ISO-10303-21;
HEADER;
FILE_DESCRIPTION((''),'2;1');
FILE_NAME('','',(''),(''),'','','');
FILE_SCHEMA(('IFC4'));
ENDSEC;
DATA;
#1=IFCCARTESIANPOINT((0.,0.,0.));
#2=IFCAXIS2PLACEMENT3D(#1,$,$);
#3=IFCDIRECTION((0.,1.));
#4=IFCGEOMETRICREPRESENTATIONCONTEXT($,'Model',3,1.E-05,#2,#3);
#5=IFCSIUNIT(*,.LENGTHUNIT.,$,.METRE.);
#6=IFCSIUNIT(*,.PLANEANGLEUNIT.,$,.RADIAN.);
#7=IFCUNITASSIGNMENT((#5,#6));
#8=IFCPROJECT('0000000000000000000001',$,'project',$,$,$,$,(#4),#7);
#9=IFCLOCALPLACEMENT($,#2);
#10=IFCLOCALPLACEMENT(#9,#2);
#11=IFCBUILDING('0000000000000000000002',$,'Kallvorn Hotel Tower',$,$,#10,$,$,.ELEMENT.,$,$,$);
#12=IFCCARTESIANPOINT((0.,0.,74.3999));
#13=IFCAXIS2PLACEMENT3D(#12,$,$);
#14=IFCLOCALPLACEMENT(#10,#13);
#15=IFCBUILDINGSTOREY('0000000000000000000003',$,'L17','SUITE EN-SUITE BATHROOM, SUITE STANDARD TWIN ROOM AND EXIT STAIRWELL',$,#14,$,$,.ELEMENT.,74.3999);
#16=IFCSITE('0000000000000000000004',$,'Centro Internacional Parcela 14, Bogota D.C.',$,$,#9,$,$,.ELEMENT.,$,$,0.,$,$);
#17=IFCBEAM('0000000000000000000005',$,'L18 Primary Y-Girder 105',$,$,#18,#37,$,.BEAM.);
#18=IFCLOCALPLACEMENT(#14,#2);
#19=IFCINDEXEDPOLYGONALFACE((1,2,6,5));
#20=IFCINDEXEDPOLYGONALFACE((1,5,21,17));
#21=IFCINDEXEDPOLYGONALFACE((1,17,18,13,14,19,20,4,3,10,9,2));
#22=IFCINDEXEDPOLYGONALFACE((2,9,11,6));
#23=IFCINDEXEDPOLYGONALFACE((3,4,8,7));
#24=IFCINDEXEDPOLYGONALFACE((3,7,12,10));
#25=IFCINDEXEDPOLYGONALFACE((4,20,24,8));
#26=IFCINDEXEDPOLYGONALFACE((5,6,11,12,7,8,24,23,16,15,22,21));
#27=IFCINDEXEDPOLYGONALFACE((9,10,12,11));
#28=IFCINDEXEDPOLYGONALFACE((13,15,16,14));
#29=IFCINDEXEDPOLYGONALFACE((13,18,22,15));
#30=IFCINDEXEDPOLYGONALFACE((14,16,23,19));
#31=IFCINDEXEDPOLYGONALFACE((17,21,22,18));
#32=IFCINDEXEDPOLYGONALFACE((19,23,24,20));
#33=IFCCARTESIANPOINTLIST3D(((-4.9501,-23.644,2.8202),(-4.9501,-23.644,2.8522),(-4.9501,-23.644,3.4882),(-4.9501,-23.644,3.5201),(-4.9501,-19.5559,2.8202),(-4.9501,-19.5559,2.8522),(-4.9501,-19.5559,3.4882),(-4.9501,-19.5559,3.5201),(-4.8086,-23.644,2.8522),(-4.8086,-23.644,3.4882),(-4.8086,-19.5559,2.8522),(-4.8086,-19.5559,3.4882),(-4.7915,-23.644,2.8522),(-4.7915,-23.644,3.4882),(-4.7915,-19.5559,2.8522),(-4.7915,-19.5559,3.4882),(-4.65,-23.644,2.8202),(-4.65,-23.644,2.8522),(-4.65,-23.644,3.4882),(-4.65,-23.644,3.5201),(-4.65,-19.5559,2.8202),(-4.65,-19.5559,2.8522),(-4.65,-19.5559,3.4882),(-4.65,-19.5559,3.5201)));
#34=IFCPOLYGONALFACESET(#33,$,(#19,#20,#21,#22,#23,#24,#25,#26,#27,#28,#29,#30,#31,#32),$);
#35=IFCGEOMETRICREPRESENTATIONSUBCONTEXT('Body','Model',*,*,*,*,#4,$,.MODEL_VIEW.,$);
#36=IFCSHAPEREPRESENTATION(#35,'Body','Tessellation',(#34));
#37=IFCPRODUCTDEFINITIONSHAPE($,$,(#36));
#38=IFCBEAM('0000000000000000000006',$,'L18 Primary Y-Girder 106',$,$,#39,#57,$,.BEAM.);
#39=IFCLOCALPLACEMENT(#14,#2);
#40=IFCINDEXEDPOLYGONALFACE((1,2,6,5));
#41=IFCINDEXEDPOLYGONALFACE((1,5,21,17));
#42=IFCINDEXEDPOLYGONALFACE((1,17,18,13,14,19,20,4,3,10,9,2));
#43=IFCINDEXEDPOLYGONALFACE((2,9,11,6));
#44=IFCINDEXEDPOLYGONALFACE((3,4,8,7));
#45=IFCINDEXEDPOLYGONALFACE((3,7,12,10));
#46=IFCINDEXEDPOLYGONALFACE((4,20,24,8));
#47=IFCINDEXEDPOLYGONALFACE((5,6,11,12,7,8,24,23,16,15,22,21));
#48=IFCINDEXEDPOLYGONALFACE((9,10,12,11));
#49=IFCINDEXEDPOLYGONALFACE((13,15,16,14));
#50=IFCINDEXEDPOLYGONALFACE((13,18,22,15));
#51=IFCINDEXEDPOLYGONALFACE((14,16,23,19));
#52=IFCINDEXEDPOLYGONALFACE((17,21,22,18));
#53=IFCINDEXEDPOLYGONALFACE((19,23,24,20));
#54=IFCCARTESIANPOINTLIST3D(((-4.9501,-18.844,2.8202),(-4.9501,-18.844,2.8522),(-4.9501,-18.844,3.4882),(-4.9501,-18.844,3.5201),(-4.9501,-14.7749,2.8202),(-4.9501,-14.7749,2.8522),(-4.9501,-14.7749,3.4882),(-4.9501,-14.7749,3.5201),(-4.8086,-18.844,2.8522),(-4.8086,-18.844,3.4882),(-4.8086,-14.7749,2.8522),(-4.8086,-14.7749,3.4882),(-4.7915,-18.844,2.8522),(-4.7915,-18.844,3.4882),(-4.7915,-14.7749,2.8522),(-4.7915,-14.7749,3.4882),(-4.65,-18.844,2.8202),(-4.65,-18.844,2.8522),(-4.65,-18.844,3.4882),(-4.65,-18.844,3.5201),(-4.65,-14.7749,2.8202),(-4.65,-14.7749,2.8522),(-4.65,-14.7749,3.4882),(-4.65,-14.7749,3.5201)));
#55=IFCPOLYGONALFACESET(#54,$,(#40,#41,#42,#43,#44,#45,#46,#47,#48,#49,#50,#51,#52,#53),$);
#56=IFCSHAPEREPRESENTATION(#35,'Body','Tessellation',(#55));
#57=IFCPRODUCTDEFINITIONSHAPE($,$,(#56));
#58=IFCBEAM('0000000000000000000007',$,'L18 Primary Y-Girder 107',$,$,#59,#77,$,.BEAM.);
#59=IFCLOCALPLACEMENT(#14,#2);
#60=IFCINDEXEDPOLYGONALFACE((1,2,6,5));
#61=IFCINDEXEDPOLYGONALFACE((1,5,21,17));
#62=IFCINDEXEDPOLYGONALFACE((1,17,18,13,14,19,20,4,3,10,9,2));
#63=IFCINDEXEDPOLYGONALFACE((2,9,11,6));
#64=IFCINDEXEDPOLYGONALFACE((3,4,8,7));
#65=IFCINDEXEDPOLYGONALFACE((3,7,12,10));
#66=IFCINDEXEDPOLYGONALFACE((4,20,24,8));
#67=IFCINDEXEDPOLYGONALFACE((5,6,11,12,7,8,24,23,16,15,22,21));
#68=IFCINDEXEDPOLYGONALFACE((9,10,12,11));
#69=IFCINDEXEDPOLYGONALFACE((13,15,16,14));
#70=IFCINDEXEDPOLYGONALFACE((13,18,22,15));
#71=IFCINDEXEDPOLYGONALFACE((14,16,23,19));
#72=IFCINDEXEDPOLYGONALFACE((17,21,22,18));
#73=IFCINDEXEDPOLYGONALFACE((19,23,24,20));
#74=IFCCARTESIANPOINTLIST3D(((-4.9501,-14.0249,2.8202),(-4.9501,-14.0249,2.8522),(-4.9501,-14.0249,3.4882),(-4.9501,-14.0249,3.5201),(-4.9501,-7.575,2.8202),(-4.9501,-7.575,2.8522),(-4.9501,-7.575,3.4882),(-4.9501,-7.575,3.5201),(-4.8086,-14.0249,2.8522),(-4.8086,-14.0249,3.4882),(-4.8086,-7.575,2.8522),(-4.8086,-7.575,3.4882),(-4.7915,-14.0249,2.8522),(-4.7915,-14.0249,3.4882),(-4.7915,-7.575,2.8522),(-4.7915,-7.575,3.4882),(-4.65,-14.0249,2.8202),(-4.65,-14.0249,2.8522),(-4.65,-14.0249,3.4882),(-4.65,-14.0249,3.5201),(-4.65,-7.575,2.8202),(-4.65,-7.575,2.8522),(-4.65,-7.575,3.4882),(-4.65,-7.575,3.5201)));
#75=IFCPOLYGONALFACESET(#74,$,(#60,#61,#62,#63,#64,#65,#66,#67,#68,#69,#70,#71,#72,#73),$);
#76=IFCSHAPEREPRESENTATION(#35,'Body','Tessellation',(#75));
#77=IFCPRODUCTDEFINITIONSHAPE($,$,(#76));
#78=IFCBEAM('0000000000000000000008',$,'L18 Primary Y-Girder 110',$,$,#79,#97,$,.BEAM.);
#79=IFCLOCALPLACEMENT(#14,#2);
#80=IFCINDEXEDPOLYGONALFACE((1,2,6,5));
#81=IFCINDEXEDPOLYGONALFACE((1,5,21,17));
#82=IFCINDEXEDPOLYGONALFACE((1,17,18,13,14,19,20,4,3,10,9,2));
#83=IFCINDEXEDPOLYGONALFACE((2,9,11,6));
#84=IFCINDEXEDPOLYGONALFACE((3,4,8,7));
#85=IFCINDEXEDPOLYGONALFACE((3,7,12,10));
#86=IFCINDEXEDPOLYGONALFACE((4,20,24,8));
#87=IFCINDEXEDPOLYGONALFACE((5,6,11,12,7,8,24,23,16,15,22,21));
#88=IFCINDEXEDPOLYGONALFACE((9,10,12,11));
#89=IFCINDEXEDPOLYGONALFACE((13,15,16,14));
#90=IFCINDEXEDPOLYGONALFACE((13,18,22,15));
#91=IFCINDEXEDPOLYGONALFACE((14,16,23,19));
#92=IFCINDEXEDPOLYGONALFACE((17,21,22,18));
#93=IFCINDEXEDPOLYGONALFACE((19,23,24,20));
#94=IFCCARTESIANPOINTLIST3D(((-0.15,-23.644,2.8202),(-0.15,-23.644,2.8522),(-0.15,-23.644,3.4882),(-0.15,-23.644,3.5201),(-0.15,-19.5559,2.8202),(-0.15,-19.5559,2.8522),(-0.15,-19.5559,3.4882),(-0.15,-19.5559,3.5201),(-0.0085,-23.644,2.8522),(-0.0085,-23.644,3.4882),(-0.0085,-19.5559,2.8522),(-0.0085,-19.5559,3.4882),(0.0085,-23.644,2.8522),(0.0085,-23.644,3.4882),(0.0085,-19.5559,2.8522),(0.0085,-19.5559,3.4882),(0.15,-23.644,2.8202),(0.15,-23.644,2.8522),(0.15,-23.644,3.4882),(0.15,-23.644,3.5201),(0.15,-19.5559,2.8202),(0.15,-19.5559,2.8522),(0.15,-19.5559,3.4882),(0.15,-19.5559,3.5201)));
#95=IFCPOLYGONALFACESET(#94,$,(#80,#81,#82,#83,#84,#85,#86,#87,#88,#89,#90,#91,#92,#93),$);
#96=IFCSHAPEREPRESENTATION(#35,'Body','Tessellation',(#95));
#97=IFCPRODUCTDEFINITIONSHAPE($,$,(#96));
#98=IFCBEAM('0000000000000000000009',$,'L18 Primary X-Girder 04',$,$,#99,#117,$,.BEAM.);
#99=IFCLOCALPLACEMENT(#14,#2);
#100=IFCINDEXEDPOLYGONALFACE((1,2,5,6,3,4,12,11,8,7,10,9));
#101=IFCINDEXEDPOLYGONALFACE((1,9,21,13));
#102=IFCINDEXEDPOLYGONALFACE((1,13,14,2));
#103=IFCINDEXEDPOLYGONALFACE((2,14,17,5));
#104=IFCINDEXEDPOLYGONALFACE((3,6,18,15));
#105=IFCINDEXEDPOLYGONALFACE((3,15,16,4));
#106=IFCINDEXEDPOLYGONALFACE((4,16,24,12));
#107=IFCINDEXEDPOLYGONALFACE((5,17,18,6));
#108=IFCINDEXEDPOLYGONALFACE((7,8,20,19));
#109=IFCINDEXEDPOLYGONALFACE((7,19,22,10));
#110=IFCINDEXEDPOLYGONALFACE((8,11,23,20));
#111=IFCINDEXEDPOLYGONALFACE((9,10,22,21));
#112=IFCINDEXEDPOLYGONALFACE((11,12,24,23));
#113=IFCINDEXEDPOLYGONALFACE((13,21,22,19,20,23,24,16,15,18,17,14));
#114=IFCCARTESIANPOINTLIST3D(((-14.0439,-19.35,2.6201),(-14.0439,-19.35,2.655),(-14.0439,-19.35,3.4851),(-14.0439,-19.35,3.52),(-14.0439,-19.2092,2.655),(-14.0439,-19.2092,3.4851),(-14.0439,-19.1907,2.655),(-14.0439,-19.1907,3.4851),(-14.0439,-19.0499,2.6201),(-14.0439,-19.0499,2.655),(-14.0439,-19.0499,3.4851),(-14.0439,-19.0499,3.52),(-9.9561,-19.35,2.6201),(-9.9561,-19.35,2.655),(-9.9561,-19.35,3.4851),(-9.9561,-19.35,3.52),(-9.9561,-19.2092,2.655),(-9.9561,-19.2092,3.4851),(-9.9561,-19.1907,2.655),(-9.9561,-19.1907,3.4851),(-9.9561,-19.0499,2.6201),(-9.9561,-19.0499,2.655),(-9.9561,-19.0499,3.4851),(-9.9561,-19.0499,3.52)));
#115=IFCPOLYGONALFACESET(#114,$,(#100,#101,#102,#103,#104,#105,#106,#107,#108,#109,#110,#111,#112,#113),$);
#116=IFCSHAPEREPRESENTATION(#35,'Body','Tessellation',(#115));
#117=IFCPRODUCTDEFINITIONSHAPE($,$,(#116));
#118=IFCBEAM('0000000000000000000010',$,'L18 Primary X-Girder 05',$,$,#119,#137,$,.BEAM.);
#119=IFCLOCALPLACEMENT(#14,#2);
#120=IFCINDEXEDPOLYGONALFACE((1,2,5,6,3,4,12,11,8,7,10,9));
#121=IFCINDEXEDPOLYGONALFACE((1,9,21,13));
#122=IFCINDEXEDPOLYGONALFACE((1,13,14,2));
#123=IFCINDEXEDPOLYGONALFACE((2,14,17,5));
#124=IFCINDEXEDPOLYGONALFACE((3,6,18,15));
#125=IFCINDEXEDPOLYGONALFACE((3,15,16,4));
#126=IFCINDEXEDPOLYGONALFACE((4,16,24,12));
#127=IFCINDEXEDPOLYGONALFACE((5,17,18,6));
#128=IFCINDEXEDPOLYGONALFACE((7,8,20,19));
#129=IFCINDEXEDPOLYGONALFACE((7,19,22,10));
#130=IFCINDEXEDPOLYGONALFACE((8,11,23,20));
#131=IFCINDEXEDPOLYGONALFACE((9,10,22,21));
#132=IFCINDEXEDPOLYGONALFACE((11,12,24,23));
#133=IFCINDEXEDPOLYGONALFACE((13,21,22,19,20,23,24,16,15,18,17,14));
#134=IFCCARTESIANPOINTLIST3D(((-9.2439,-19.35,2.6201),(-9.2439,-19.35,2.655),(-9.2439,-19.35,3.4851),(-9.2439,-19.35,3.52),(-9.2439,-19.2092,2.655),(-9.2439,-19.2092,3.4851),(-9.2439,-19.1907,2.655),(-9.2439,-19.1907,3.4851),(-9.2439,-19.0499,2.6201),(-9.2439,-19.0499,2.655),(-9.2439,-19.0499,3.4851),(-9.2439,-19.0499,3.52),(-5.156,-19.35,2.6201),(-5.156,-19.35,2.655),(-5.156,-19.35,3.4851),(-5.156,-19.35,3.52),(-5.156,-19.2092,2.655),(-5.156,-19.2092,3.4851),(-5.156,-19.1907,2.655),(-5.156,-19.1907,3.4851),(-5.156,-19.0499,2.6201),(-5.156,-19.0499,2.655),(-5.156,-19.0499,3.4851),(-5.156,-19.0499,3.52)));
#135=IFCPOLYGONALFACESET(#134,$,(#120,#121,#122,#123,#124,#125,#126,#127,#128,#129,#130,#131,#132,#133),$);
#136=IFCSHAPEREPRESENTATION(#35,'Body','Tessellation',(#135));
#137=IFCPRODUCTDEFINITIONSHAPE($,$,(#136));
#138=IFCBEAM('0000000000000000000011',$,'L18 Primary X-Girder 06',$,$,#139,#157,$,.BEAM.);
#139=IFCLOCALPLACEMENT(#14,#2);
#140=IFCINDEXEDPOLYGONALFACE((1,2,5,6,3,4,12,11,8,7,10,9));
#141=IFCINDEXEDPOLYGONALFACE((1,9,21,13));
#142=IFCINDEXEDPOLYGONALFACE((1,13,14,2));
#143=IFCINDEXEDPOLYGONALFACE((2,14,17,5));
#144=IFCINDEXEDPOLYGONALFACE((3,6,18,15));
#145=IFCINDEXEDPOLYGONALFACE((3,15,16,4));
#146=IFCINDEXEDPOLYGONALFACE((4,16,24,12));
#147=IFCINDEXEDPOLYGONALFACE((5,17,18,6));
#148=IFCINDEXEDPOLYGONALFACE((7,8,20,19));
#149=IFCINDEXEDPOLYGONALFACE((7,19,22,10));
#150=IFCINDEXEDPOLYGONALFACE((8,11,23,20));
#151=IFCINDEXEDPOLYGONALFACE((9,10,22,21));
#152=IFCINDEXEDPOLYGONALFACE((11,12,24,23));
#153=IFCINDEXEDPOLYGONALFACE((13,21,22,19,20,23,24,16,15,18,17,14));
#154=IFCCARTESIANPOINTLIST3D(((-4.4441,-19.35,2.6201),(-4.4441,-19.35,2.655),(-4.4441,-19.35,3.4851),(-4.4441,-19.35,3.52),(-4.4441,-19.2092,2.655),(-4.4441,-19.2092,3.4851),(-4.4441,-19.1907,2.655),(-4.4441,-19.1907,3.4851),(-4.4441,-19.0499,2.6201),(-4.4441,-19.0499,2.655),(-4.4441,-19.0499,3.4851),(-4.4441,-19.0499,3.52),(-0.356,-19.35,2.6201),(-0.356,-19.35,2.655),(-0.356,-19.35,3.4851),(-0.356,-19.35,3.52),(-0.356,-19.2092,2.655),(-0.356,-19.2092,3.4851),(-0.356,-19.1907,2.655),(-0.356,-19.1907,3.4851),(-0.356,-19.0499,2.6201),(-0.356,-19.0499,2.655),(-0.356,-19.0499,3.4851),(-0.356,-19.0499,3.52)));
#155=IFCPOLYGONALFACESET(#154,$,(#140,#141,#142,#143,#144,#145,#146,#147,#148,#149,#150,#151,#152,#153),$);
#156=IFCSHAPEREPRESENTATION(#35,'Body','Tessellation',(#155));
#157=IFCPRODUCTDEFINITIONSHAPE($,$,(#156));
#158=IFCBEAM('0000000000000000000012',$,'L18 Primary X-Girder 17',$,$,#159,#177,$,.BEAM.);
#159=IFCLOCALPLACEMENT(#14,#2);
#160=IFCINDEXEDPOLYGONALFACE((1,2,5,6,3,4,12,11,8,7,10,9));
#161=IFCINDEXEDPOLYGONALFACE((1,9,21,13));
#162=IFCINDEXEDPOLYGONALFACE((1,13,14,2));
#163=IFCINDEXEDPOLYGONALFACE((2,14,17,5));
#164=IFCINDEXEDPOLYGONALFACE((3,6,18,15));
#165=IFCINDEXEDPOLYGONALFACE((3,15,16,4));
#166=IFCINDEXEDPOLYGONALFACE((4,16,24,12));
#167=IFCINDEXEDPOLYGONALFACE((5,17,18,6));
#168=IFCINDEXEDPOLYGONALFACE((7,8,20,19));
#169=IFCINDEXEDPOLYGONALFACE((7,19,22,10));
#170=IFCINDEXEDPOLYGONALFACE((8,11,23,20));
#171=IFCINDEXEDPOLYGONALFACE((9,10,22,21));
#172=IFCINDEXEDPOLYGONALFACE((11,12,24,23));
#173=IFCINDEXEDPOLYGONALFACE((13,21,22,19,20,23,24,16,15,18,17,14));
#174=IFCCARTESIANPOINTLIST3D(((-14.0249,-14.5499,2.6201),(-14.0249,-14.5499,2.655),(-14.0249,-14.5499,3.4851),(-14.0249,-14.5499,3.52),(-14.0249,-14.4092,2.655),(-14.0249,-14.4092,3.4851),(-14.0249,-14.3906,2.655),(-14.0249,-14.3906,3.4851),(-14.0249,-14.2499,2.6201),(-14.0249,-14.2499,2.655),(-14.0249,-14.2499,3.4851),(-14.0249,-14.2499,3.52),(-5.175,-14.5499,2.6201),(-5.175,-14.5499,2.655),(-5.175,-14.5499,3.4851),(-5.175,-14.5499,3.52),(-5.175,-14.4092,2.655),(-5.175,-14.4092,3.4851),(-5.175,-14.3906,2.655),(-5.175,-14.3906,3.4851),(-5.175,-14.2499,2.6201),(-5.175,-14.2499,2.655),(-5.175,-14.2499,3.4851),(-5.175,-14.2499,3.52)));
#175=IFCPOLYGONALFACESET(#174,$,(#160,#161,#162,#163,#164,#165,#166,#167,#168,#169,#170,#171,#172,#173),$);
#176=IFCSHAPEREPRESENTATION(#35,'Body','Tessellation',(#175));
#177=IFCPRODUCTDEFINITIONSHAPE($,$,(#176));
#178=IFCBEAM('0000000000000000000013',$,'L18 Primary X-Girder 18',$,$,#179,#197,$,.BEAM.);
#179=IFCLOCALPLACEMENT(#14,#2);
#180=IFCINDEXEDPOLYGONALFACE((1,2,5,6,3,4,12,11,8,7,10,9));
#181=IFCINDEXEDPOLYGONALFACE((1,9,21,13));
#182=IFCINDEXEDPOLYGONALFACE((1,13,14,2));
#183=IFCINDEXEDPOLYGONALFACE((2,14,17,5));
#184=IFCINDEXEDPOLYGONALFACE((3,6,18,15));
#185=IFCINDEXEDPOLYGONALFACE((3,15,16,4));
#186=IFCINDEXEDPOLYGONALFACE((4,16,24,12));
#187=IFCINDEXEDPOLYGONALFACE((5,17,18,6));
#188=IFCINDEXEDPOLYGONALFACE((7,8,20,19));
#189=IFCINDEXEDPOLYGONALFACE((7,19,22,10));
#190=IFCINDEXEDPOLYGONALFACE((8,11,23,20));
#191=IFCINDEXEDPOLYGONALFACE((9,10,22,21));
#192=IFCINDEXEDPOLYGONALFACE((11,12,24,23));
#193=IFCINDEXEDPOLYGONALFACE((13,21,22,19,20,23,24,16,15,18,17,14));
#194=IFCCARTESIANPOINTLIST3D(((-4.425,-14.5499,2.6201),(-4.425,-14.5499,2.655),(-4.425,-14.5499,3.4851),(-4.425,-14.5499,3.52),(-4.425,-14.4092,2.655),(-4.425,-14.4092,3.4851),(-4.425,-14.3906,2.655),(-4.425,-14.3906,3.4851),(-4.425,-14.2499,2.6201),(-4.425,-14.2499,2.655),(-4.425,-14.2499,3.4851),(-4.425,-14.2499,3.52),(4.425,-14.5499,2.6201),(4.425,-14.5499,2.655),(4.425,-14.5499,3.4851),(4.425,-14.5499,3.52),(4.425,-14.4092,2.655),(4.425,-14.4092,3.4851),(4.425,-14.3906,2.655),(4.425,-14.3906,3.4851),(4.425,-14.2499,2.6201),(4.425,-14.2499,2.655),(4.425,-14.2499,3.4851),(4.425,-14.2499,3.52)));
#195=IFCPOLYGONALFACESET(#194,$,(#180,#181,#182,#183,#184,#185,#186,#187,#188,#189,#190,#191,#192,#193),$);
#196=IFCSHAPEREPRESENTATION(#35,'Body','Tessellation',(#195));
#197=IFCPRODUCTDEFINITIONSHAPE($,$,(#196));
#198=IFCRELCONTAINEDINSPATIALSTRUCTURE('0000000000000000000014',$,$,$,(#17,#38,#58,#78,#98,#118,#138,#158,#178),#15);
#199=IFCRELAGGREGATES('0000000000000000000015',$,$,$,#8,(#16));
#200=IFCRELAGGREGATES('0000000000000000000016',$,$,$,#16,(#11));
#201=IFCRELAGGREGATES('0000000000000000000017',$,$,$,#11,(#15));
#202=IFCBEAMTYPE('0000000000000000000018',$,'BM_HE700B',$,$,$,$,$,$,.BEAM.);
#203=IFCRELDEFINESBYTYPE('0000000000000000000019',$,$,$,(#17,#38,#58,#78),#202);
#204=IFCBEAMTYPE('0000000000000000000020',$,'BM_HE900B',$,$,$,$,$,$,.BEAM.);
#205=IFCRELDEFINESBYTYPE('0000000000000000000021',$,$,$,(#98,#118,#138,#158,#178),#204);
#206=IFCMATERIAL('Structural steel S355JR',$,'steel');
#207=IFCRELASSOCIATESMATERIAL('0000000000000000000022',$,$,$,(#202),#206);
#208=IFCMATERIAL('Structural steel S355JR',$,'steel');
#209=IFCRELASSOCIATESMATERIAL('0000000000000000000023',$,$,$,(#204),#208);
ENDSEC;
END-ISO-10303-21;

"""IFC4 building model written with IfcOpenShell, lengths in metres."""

from ifc_helpers import new_model, si_unit, direction, frame, origin, origin_2d, place, context, subcontext, project, spatial, i_section, extrude, material, material_profile, profile_set, type_object, element, save


model = new_model("IFC4")

# Units and contexts
model_context = context("Model", 3, precision=1e-05, world=origin(), true_north=direction((0.0, 1.0)))
body_context = subcontext(model_context, "Body", "Model", "MODEL_VIEW")
ifc_project = project(units=[si_unit("LENGTHUNIT", "METRE"), si_unit("PLANEANGLEUNIT", "RADIAN")], contexts=[model_context])

# Site, building, storey
site_placement = place(None, origin())
site = spatial("IfcSite", under=ifc_project, at=site_placement, Name="Centro Internacional Parcela 14, Bogota D.C.", CompositionType="ELEMENT", RefElevation=0.0)
building_placement = place(site_placement, origin())
building = spatial("IfcBuilding", under=site, at=building_placement, Name="Kallvorn Hotel Tower", CompositionType="ELEMENT")
storey_placement = place(building_placement, frame((0.0, 0.0, 74.3999)))
storey = spatial("IfcBuildingStorey", under=building, at=storey_placement, Name="L17", Description="SUITE EN-SUITE BATHROOM, SUITE STANDARD TWIN ROOM AND EXIT STAIRWELL", CompositionType="ELEMENT", Elevation=74.3999)

# Beams
ifc_material_1 = material(Name="Structural steel S355JR", Category="steel")
ifc_material_profile_1 = material_profile(ifc_material_1, i_section(OverallWidth=0.3, OverallDepth=0.7, WebThickness=0.0171, FlangeThickness=0.032, at=origin_2d()), Name="HE 700 B")
ifc_profile_set_1 = profile_set([ifc_material_profile_1], Name="Structural steel S355JR")
beam_type_1 = type_object("IfcBeamType", Name="BM_HE700B", PredefinedType="BEAM", material=ifc_profile_set_1)
for number, where, z_axis, x_axis, name in (
    (1, (-4.8, -23.644, 3.1702), (0.0, 1.0, 0.0), (-1.0, 0.0, 0.0), "L18 Primary Y-Girder 105"),
):
    element("IfcBeam", number, at=place(storey_placement, frame(where, z_axis=z_axis, x_axis=x_axis)), inside=storey, type_object=beam_type_1, Name=name, PredefinedType="BEAM", context=body_context, shape_type="SweptSolid", body=[
        extrude(i_section(OverallWidth=0.3, OverallDepth=0.7, WebThickness=0.0171, FlangeThickness=0.032, at=origin_2d()), origin(), (0.0, 0.0, 1.0), 4.0881),
    ])
beam_1_placement = place(storey_placement, frame((-4.8, -18.844, 3.1702), z_axis=(0.0, 1.0, 0.0), x_axis=(-1.0, 0.0, 0.0)))
element("IfcBeam", 2, at=beam_1_placement, inside=storey, type_object=beam_type_1, Name="L18 Primary Y-Girder 106", PredefinedType="BEAM", context=body_context, shape_type="SweptSolid", body=[
    extrude(i_section(OverallWidth=0.3, OverallDepth=0.7, WebThickness=0.0171, FlangeThickness=0.032, at=origin_2d()), origin(), (0.0, 0.0, 1.0), 4.0691),
])
beam_2_placement = place(storey_placement, frame((-4.8, -14.0249, 3.1702), z_axis=(0.0, 1.0, 0.0), x_axis=(-1.0, 0.0, 0.0)))
element("IfcBeam", 3, at=beam_2_placement, inside=storey, type_object=beam_type_1, Name="L18 Primary Y-Girder 107", PredefinedType="BEAM", context=body_context, shape_type="SweptSolid", body=[
    extrude(i_section(OverallWidth=0.3, OverallDepth=0.7, WebThickness=0.0171, FlangeThickness=0.032, at=origin_2d()), origin(), (0.0, 0.0, 1.0), 6.45),
])
beam_3_placement = place(storey_placement, frame((0.0, -23.644, 3.1702), z_axis=(0.0, 1.0, 0.0), x_axis=(-1.0, 0.0, 0.0)))
element("IfcBeam", 4, at=beam_3_placement, inside=storey, type_object=beam_type_1, Name="L18 Primary Y-Girder 110", PredefinedType="BEAM", context=body_context, shape_type="SweptSolid", body=[
    extrude(i_section(OverallWidth=0.3, OverallDepth=0.7, WebThickness=0.0171, FlangeThickness=0.032, at=origin_2d()), origin(), (0.0, 0.0, 1.0), 4.0881),
])
ifc_material_2 = material(Name="Structural steel S355JR", Category="steel")
ifc_material_profile_2 = material_profile(ifc_material_2, i_section(OverallWidth=0.3, OverallDepth=0.8999, WebThickness=0.0186, FlangeThickness=0.0349, at=origin_2d()), Name="HE 900 B")
ifc_profile_set_2 = profile_set([ifc_material_profile_2], Name="Structural steel S355JR")
beam_type_2 = type_object("IfcBeamType", Name="BM_HE900B", PredefinedType="BEAM", material=ifc_profile_set_2)
for number, where, z_axis, x_axis, name in (
    (5, (-14.0439, -19.2, 3.0701), (1.0, 0.0, 0.0), (0.0, 1.0, 0.0), "L18 Primary X-Girder 04"),
    (6, (-9.2439, -19.2, 3.0701), (1.0, 0.0, 0.0), (0.0, 1.0, 0.0), "L18 Primary X-Girder 05"),
):
    element("IfcBeam", number, at=place(storey_placement, frame(where, z_axis=z_axis, x_axis=x_axis)), inside=storey, type_object=beam_type_2, Name=name, PredefinedType="BEAM", context=body_context, shape_type="SweptSolid", body=[
        extrude(i_section(OverallWidth=0.3, OverallDepth=0.8999, WebThickness=0.0186, FlangeThickness=0.0349, at=origin_2d()), origin(), (0.0, 0.0, 1.0), 4.0879),
    ])
beam_4_placement = place(storey_placement, frame((-4.4441, -19.2, 3.0701), z_axis=(1.0, 0.0, 0.0), x_axis=(0.0, 1.0, 0.0)))
element("IfcBeam", 7, at=beam_4_placement, inside=storey, type_object=beam_type_2, Name="L18 Primary X-Girder 06", PredefinedType="BEAM", context=body_context, shape_type="SweptSolid", body=[
    extrude(i_section(OverallWidth=0.3, OverallDepth=0.8999, WebThickness=0.0186, FlangeThickness=0.0349, at=origin_2d()), origin(), (0.0, 0.0, 1.0), 4.0881),
])
beam_5_placement = place(storey_placement, frame((-14.0249, -14.3999, 3.0701), z_axis=(1.0, 0.0, 0.0), x_axis=(0.0, 1.0, 0.0)))
element("IfcBeam", 8, at=beam_5_placement, inside=storey, type_object=beam_type_2, Name="L18 Primary X-Girder 17", PredefinedType="BEAM", context=body_context, shape_type="SweptSolid", body=[
    extrude(i_section(OverallWidth=0.3, OverallDepth=0.8999, WebThickness=0.0186, FlangeThickness=0.0349, at=origin_2d()), origin(), (0.0, 0.0, 1.0), 8.8499),
])
beam_6_placement = place(storey_placement, frame((-4.425, -14.3999, 3.0701), z_axis=(1.0, 0.0, 0.0), x_axis=(0.0, 1.0, 0.0)))
element("IfcBeam", 9, at=beam_6_placement, inside=storey, type_object=beam_type_2, Name="L18 Primary X-Girder 18", PredefinedType="BEAM", context=body_context, shape_type="SweptSolid", body=[
    extrude(i_section(OverallWidth=0.3, OverallDepth=0.8999, WebThickness=0.0186, FlangeThickness=0.0349, at=origin_2d()), origin(), (0.0, 0.0, 1.0), 8.8501),
])

save(model, "model.ifc")
